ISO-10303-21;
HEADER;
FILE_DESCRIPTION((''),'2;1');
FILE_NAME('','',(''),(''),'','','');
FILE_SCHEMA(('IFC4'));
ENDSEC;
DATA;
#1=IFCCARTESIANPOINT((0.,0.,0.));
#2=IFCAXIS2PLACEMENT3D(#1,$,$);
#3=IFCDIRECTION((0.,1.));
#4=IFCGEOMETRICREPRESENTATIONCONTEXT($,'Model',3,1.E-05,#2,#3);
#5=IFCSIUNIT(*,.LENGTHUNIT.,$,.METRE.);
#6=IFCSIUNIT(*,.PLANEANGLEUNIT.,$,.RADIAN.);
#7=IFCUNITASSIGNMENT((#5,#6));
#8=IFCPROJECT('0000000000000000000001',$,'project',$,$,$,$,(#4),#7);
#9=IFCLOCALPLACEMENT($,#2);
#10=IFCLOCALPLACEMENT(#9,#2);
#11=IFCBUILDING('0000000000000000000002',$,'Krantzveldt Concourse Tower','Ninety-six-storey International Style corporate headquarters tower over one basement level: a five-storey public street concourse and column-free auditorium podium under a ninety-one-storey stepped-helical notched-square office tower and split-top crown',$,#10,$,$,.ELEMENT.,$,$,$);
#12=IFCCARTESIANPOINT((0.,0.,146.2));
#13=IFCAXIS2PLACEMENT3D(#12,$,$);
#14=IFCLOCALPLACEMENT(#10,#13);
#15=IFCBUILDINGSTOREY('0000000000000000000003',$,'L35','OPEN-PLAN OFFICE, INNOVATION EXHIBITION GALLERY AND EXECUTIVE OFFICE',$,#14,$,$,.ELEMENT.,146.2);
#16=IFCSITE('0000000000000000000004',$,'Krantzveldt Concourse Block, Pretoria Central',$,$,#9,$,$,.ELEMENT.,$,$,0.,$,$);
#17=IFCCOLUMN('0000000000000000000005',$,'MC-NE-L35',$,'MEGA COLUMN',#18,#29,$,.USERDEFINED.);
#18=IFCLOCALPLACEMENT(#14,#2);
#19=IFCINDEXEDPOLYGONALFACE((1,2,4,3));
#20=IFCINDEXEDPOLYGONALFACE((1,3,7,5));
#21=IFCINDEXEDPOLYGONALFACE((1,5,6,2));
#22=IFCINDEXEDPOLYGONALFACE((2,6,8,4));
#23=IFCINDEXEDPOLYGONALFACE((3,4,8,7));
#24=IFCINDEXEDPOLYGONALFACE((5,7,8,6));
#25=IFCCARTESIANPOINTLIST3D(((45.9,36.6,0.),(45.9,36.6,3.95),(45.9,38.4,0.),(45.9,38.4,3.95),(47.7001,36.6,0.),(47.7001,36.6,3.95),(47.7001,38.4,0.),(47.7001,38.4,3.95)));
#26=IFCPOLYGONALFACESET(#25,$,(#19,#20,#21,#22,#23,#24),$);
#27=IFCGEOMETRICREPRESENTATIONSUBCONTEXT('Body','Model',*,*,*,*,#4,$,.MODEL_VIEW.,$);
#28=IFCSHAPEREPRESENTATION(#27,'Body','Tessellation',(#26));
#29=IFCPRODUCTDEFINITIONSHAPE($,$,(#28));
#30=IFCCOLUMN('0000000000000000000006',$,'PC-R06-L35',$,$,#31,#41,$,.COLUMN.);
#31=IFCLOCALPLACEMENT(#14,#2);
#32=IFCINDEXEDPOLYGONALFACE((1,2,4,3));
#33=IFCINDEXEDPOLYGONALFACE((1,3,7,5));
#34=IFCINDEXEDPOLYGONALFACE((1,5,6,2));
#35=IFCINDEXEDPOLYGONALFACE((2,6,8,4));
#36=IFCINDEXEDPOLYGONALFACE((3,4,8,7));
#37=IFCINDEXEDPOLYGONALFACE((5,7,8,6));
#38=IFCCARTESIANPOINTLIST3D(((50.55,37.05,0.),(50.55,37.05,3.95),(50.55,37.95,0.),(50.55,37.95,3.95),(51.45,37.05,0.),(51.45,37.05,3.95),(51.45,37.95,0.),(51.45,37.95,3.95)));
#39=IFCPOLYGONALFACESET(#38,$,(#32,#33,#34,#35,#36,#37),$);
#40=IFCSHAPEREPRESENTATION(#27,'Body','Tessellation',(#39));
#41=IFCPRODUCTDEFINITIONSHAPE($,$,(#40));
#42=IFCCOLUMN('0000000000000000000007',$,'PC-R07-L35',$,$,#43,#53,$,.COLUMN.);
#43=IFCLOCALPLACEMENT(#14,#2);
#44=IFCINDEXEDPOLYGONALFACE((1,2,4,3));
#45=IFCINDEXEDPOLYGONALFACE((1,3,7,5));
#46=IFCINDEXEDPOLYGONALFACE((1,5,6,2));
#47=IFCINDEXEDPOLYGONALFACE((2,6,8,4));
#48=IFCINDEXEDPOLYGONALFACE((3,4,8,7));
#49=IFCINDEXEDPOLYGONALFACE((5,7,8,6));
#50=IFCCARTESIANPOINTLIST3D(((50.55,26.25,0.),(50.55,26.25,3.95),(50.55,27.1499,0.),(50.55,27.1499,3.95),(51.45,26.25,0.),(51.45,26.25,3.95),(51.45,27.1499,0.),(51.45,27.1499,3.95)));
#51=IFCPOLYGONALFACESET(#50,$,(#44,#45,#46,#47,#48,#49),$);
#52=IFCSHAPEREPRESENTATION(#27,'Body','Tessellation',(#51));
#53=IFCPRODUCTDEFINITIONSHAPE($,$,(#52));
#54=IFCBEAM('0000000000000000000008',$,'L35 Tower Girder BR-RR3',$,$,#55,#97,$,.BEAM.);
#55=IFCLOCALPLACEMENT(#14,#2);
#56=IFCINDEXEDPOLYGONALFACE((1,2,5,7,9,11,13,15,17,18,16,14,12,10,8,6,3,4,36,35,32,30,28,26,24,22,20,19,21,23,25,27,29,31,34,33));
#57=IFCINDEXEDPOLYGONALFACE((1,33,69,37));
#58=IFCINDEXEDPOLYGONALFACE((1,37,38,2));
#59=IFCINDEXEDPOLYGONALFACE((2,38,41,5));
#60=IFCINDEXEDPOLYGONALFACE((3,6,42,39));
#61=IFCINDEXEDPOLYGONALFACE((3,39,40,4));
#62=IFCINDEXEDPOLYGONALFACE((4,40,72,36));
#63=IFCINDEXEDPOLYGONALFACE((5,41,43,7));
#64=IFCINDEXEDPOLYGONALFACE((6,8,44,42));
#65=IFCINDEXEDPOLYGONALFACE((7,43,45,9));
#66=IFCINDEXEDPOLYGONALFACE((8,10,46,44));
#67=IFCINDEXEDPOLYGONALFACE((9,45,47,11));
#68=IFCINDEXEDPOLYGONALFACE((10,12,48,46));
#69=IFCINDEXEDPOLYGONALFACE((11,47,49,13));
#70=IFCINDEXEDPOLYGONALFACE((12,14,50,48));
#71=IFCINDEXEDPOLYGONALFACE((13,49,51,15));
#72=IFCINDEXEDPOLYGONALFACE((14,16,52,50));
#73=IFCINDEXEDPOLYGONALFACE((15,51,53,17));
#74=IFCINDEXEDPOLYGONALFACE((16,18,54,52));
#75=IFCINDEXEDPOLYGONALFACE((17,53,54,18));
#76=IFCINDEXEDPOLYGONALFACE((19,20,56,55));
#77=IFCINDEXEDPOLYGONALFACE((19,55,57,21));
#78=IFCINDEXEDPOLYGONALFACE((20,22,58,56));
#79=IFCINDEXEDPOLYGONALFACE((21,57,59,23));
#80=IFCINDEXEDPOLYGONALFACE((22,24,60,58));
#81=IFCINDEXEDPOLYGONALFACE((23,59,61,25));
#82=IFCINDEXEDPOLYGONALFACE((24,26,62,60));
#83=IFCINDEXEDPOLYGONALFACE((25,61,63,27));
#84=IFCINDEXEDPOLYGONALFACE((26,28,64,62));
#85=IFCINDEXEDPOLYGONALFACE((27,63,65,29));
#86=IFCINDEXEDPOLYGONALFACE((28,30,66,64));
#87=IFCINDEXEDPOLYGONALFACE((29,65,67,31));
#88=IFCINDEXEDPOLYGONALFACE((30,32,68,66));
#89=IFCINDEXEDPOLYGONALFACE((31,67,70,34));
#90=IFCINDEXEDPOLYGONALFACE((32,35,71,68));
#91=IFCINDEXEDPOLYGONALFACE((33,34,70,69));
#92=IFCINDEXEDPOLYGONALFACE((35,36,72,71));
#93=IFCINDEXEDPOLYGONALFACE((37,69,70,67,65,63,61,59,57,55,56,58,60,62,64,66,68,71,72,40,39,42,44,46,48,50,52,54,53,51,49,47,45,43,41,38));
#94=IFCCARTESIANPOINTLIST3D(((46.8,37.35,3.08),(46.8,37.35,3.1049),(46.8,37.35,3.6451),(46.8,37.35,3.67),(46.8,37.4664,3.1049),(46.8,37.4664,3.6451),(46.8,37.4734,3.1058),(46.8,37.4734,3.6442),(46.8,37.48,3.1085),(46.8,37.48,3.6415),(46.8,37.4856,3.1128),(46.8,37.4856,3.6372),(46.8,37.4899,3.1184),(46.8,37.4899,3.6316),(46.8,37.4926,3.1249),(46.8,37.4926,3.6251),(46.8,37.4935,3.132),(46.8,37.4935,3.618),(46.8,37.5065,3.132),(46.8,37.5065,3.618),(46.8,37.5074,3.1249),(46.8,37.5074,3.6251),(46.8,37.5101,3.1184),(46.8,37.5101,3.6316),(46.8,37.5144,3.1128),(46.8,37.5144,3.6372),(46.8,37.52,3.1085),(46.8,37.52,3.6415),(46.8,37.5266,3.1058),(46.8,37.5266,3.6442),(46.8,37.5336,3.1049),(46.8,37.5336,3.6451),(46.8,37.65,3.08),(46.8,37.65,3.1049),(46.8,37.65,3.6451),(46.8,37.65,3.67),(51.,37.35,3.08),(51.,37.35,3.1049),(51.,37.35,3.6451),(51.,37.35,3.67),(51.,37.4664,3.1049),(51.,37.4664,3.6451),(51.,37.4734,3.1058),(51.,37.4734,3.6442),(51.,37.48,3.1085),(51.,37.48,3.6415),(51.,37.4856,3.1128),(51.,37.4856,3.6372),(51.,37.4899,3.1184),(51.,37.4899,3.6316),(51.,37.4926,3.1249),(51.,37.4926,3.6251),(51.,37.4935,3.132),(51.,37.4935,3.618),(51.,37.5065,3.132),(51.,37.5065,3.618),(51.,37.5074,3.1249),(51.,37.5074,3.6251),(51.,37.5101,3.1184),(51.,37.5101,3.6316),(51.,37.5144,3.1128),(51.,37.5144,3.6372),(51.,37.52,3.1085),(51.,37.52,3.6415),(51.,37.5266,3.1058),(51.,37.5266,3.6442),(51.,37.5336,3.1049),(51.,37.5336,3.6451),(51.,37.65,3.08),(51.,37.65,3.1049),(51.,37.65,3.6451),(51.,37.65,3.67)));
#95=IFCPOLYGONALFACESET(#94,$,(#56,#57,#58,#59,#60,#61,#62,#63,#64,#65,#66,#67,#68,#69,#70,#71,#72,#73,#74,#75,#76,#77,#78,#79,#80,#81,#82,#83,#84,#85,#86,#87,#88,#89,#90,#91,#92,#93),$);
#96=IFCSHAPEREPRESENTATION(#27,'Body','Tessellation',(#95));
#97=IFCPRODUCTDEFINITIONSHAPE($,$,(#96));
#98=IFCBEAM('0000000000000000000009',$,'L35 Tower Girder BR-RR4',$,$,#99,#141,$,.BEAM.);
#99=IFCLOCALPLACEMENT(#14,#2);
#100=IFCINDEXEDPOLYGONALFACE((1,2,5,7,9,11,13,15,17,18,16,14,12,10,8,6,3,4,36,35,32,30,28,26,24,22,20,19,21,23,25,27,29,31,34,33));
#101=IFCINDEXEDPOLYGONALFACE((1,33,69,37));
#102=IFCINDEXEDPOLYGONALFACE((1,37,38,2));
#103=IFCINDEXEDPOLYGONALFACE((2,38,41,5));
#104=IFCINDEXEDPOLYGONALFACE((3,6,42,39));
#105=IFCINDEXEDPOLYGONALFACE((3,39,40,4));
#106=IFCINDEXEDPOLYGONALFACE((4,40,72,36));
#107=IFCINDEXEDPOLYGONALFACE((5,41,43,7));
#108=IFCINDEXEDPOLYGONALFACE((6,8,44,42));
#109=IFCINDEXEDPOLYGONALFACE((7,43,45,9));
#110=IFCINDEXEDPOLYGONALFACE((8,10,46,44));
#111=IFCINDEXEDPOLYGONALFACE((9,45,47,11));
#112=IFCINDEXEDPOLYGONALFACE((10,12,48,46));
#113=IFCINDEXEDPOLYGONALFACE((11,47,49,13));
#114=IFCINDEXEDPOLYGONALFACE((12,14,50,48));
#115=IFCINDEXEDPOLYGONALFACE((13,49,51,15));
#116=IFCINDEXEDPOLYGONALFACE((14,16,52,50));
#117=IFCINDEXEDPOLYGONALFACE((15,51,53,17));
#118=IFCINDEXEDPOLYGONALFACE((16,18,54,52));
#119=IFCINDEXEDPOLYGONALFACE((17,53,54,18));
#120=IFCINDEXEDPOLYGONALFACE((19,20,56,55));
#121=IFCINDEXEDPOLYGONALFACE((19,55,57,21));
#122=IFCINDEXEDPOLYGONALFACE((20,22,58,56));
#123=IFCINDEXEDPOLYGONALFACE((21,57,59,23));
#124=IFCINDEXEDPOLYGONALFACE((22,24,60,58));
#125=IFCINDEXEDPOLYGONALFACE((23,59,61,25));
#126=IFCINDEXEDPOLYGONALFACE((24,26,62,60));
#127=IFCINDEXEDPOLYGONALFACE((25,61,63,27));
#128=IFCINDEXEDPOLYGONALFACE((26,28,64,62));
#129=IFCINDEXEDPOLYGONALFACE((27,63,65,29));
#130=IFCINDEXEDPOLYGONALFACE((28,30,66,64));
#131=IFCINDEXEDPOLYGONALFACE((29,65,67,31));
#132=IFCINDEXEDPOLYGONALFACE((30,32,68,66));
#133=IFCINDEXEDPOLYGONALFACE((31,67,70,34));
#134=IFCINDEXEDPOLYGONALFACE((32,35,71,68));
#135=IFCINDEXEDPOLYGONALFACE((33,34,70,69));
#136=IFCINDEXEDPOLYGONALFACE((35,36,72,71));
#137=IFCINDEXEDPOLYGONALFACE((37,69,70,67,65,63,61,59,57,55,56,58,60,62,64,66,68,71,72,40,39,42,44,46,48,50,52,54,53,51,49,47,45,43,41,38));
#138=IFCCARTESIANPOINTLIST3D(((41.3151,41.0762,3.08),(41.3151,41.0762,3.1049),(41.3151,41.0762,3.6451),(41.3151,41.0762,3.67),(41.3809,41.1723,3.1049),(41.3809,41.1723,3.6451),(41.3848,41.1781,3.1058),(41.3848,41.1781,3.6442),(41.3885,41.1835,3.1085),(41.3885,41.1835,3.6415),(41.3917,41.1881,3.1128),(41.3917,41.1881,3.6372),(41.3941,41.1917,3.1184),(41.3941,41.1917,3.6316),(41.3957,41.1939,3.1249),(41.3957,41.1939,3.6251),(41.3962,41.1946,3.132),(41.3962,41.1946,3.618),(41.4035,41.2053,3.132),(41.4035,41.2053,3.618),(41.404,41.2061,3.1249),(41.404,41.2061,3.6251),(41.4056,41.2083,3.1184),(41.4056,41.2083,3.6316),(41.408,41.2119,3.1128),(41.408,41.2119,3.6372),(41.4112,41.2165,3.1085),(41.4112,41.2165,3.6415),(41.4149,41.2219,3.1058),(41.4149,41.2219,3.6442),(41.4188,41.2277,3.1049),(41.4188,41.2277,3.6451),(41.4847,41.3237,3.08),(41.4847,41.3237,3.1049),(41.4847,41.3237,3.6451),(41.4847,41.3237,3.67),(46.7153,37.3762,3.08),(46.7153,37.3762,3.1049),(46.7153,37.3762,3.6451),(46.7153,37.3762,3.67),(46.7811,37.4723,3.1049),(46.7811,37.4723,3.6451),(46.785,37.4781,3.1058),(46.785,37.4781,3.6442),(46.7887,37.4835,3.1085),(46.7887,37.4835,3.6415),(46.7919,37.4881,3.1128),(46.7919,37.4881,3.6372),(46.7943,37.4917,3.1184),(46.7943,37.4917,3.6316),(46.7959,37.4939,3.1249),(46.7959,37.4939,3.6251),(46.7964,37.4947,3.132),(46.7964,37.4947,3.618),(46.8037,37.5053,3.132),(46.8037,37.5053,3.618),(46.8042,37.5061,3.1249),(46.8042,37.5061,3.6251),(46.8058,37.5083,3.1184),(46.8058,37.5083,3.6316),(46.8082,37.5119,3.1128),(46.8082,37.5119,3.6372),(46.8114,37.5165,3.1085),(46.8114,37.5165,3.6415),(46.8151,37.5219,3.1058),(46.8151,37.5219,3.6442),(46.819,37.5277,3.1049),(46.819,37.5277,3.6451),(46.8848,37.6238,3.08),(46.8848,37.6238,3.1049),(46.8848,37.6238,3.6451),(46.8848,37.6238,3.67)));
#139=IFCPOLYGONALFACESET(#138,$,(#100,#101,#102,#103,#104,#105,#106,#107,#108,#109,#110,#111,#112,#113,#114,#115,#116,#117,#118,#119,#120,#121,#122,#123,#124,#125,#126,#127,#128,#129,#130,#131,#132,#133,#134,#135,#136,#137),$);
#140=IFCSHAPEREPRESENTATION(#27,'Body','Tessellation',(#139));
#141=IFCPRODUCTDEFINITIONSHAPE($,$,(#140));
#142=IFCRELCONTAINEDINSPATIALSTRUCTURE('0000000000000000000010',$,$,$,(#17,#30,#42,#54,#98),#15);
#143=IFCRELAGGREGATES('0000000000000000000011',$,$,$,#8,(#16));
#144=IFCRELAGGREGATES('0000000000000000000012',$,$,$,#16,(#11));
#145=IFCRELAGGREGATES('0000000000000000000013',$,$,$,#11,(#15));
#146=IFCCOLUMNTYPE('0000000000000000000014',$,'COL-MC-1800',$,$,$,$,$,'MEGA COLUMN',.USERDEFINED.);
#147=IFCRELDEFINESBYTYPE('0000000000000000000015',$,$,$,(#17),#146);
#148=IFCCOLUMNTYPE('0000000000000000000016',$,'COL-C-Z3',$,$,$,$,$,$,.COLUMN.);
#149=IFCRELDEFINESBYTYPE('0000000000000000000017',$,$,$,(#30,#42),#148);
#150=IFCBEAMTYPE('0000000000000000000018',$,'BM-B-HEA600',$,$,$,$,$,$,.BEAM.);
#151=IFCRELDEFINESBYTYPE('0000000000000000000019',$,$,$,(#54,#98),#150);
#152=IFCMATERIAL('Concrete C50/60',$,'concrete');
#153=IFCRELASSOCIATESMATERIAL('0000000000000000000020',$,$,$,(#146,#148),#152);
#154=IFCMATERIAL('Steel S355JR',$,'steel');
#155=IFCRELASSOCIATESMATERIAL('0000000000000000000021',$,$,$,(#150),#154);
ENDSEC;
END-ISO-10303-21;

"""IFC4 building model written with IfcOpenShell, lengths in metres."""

from ifc_helpers import new_model, si_unit, direction, frame, origin, origin_2d, place, context, subcontext, project, spatial, rectangle, i_section, extrude, source, transform, mapped, material, material_profile, profile_set, type_object, type_shapes, element, save


model = new_model("IFC4")

# Units and contexts
model_context = context("Model", 3, precision=1e-05, world=origin(), true_north=direction((0.0, 1.0)))
body_context = subcontext(model_context, "Body", "Model", "MODEL_VIEW")
ifc_project = project(units=[si_unit("LENGTHUNIT", "METRE"), si_unit("PLANEANGLEUNIT", "RADIAN")], contexts=[model_context])

# Site, building, storey
site_placement = place(None, origin())
site = spatial("IfcSite", under=ifc_project, at=site_placement, Name="Krantzveldt Concourse Block, Pretoria Central", CompositionType="ELEMENT", RefElevation=0.0)
building_placement = place(site_placement, origin())
building = spatial("IfcBuilding", under=site, at=building_placement, Name="Krantzveldt Concourse Tower", Description="Ninety-six-storey International Style corporate headquarters tower over one basement level: a five-storey public street concourse and column-free auditorium podium under a ninety-one-storey stepped-helical notched-square office tower and split-top crown", CompositionType="ELEMENT")
storey_placement = place(building_placement, frame((0.0, 0.0, 146.2)))
storey = spatial("IfcBuildingStorey", under=building, at=storey_placement, Name="L35", Description="OPEN-PLAN OFFICE, INNOVATION EXHIBITION GALLERY AND EXECUTIVE OFFICE", CompositionType="ELEMENT", Elevation=146.2)

# Columns
ifc_material_1 = material(Name="Concrete C50/60", Category="concrete")
ifc_material_profile_1 = material_profile(ifc_material_1, rectangle(XDim=1.8, YDim=1.8, at=origin_2d()), Name="Concrete C50/60", Category="concrete")
ifc_profile_set_1 = profile_set([ifc_material_profile_1], Name="Concrete C50/60 - RC 1800x1800")
column_type_1 = type_object("IfcColumnType", Name="COL-MC-1800", ElementType="MEGA COLUMN", PredefinedType="USERDEFINED", material=ifc_profile_set_1)
shared_shape_1 = source(origin(), body_context, "Body", "SweptSolid", [
    extrude(rectangle(XDim=1.8, YDim=1.8, at=origin_2d()), origin(), (0.0, 0.0, 1.0), 3.95),
])
type_shapes(column_type_1, [shared_shape_1])
column_placement = place(storey_placement, frame((46.8, 37.5, 0.0), z_axis=(0.0, 0.0, 1.0), x_axis=(1.0, 0.0, 0.0)))
element("IfcColumn", 1, at=column_placement, inside=storey, type_object=column_type_1, Name="MC-NE-L35", ObjectType="MEGA COLUMN", PredefinedType="USERDEFINED", context=body_context, shape_type="MappedRepresentation", body=[
    mapped(shared_shape_1, transform((0.0, 0.0, 0.0), x_axis=(1.0, 0.0, 0.0), y_axis=(0.0, 1.0, 0.0), z_axis=(0.0, 0.0, 1.0), scale=1.0)),
])
ifc_material_profile_2 = material_profile(ifc_material_1, rectangle(XDim=0.8999, YDim=0.8999, at=origin_2d()), Name="Concrete C50/60", Category="concrete")
ifc_profile_set_2 = profile_set([ifc_material_profile_2], Name="Concrete C50/60 - RC 900x900")
column_type_2 = type_object("IfcColumnType", Name="COL-C-Z3", PredefinedType="COLUMN", material=ifc_profile_set_2)
shared_shape_2 = source(origin(), body_context, "Body", "SweptSolid", [
    extrude(rectangle(XDim=0.8999, YDim=0.8999, at=origin_2d()), origin(), (0.0, 0.0, 1.0), 3.95),
])
type_shapes(column_type_2, [shared_shape_2])
for number, where, z_axis, x_axis, name in (
    (2, (51.0, 37.5, 0.0), (0.0, 0.0, 1.0), (1.0, 0.0, 0.0), "PC-R06-L35"),
    (3, (51.0, 26.7, 0.0), (0.0, 0.0, 1.0), (1.0, 0.0, 0.0), "PC-R07-L35"),
):
    element("IfcColumn", number, at=place(storey_placement, frame(where, z_axis=z_axis, x_axis=x_axis)), inside=storey, type_object=column_type_2, Name=name, PredefinedType="COLUMN", context=body_context, shape_type="MappedRepresentation", body=[
        mapped(shared_shape_2, transform((0.0, 0.0, 0.0), x_axis=(1.0, 0.0, 0.0), y_axis=(0.0, 1.0, 0.0), z_axis=(0.0, 0.0, 1.0), scale=1.0)),
    ])

# Beams
ifc_material_2 = material(Name="Steel S355JR", Category="steel")
ifc_material_profile_3 = material_profile(ifc_material_2, i_section(OverallWidth=0.3, OverallDepth=0.5901, WebThickness=0.0129, FlangeThickness=0.0249, FilletRadius=0.0271, at=origin_2d()), Name="Steel S355JR", Category="steel")
ifc_profile_set_3 = profile_set([ifc_material_profile_3], Name="Steel S355JR - HEA 600")
beam_type_1 = type_object("IfcBeamType", Name="BM-B-HEA600", PredefinedType="BEAM", material=ifc_profile_set_3)
shared_shape_3 = source(origin(), body_context, "Body", "SweptSolid", [
    extrude(i_section(OverallWidth=0.3, OverallDepth=0.5901, WebThickness=0.0129, FlangeThickness=0.0249, FilletRadius=0.0271, at=origin_2d()), origin(), (0.0, 0.0, 1.0), 4.2),
])
beam_1_placement = place(storey_placement, frame((46.8, 37.5, 3.375), z_axis=(1.0, 0.0, 0.0), x_axis=(0.0, 1.0, 0.0)))
element("IfcBeam", 4, at=beam_1_placement, inside=storey, type_object=beam_type_1, Name="L35 Tower Girder BR-RR3", PredefinedType="BEAM", context=body_context, shape_type="MappedRepresentation", body=[
    mapped(shared_shape_3, transform((0.0, 0.0, 0.0), x_axis=(1.0, 0.0, 0.0), y_axis=(0.0, 1.0, 0.0), z_axis=(0.0, 0.0, 1.0), scale=1.0)),
])
shared_shape_4 = source(origin(), body_context, "Body", "SweptSolid", [
    extrude(i_section(OverallWidth=0.3, OverallDepth=0.5901, WebThickness=0.0129, FlangeThickness=0.0249, FilletRadius=0.0271, at=origin_2d()), origin(), (0.0, 0.0, 1.0), 6.5461),
])
type_shapes(beam_type_1, [shared_shape_3, shared_shape_4])
beam_2_placement = place(storey_placement, frame((46.8, 37.5, 3.375), z_axis=(-0.824943, 0.565216, 0.0), x_axis=(-0.565216, -0.824943, 0.0)))
element("IfcBeam", 5, at=beam_2_placement, inside=storey, type_object=beam_type_1, Name="L35 Tower Girder BR-RR4", PredefinedType="BEAM", context=body_context, shape_type="MappedRepresentation", body=[
    mapped(shared_shape_4, transform((0.0, 0.0, 0.0), x_axis=(1.0, 0.0, 0.0), y_axis=(0.0, 1.0, 0.0), z_axis=(0.0, 0.0, 1.0), scale=1.0)),
])

save(model, "model.ifc")
